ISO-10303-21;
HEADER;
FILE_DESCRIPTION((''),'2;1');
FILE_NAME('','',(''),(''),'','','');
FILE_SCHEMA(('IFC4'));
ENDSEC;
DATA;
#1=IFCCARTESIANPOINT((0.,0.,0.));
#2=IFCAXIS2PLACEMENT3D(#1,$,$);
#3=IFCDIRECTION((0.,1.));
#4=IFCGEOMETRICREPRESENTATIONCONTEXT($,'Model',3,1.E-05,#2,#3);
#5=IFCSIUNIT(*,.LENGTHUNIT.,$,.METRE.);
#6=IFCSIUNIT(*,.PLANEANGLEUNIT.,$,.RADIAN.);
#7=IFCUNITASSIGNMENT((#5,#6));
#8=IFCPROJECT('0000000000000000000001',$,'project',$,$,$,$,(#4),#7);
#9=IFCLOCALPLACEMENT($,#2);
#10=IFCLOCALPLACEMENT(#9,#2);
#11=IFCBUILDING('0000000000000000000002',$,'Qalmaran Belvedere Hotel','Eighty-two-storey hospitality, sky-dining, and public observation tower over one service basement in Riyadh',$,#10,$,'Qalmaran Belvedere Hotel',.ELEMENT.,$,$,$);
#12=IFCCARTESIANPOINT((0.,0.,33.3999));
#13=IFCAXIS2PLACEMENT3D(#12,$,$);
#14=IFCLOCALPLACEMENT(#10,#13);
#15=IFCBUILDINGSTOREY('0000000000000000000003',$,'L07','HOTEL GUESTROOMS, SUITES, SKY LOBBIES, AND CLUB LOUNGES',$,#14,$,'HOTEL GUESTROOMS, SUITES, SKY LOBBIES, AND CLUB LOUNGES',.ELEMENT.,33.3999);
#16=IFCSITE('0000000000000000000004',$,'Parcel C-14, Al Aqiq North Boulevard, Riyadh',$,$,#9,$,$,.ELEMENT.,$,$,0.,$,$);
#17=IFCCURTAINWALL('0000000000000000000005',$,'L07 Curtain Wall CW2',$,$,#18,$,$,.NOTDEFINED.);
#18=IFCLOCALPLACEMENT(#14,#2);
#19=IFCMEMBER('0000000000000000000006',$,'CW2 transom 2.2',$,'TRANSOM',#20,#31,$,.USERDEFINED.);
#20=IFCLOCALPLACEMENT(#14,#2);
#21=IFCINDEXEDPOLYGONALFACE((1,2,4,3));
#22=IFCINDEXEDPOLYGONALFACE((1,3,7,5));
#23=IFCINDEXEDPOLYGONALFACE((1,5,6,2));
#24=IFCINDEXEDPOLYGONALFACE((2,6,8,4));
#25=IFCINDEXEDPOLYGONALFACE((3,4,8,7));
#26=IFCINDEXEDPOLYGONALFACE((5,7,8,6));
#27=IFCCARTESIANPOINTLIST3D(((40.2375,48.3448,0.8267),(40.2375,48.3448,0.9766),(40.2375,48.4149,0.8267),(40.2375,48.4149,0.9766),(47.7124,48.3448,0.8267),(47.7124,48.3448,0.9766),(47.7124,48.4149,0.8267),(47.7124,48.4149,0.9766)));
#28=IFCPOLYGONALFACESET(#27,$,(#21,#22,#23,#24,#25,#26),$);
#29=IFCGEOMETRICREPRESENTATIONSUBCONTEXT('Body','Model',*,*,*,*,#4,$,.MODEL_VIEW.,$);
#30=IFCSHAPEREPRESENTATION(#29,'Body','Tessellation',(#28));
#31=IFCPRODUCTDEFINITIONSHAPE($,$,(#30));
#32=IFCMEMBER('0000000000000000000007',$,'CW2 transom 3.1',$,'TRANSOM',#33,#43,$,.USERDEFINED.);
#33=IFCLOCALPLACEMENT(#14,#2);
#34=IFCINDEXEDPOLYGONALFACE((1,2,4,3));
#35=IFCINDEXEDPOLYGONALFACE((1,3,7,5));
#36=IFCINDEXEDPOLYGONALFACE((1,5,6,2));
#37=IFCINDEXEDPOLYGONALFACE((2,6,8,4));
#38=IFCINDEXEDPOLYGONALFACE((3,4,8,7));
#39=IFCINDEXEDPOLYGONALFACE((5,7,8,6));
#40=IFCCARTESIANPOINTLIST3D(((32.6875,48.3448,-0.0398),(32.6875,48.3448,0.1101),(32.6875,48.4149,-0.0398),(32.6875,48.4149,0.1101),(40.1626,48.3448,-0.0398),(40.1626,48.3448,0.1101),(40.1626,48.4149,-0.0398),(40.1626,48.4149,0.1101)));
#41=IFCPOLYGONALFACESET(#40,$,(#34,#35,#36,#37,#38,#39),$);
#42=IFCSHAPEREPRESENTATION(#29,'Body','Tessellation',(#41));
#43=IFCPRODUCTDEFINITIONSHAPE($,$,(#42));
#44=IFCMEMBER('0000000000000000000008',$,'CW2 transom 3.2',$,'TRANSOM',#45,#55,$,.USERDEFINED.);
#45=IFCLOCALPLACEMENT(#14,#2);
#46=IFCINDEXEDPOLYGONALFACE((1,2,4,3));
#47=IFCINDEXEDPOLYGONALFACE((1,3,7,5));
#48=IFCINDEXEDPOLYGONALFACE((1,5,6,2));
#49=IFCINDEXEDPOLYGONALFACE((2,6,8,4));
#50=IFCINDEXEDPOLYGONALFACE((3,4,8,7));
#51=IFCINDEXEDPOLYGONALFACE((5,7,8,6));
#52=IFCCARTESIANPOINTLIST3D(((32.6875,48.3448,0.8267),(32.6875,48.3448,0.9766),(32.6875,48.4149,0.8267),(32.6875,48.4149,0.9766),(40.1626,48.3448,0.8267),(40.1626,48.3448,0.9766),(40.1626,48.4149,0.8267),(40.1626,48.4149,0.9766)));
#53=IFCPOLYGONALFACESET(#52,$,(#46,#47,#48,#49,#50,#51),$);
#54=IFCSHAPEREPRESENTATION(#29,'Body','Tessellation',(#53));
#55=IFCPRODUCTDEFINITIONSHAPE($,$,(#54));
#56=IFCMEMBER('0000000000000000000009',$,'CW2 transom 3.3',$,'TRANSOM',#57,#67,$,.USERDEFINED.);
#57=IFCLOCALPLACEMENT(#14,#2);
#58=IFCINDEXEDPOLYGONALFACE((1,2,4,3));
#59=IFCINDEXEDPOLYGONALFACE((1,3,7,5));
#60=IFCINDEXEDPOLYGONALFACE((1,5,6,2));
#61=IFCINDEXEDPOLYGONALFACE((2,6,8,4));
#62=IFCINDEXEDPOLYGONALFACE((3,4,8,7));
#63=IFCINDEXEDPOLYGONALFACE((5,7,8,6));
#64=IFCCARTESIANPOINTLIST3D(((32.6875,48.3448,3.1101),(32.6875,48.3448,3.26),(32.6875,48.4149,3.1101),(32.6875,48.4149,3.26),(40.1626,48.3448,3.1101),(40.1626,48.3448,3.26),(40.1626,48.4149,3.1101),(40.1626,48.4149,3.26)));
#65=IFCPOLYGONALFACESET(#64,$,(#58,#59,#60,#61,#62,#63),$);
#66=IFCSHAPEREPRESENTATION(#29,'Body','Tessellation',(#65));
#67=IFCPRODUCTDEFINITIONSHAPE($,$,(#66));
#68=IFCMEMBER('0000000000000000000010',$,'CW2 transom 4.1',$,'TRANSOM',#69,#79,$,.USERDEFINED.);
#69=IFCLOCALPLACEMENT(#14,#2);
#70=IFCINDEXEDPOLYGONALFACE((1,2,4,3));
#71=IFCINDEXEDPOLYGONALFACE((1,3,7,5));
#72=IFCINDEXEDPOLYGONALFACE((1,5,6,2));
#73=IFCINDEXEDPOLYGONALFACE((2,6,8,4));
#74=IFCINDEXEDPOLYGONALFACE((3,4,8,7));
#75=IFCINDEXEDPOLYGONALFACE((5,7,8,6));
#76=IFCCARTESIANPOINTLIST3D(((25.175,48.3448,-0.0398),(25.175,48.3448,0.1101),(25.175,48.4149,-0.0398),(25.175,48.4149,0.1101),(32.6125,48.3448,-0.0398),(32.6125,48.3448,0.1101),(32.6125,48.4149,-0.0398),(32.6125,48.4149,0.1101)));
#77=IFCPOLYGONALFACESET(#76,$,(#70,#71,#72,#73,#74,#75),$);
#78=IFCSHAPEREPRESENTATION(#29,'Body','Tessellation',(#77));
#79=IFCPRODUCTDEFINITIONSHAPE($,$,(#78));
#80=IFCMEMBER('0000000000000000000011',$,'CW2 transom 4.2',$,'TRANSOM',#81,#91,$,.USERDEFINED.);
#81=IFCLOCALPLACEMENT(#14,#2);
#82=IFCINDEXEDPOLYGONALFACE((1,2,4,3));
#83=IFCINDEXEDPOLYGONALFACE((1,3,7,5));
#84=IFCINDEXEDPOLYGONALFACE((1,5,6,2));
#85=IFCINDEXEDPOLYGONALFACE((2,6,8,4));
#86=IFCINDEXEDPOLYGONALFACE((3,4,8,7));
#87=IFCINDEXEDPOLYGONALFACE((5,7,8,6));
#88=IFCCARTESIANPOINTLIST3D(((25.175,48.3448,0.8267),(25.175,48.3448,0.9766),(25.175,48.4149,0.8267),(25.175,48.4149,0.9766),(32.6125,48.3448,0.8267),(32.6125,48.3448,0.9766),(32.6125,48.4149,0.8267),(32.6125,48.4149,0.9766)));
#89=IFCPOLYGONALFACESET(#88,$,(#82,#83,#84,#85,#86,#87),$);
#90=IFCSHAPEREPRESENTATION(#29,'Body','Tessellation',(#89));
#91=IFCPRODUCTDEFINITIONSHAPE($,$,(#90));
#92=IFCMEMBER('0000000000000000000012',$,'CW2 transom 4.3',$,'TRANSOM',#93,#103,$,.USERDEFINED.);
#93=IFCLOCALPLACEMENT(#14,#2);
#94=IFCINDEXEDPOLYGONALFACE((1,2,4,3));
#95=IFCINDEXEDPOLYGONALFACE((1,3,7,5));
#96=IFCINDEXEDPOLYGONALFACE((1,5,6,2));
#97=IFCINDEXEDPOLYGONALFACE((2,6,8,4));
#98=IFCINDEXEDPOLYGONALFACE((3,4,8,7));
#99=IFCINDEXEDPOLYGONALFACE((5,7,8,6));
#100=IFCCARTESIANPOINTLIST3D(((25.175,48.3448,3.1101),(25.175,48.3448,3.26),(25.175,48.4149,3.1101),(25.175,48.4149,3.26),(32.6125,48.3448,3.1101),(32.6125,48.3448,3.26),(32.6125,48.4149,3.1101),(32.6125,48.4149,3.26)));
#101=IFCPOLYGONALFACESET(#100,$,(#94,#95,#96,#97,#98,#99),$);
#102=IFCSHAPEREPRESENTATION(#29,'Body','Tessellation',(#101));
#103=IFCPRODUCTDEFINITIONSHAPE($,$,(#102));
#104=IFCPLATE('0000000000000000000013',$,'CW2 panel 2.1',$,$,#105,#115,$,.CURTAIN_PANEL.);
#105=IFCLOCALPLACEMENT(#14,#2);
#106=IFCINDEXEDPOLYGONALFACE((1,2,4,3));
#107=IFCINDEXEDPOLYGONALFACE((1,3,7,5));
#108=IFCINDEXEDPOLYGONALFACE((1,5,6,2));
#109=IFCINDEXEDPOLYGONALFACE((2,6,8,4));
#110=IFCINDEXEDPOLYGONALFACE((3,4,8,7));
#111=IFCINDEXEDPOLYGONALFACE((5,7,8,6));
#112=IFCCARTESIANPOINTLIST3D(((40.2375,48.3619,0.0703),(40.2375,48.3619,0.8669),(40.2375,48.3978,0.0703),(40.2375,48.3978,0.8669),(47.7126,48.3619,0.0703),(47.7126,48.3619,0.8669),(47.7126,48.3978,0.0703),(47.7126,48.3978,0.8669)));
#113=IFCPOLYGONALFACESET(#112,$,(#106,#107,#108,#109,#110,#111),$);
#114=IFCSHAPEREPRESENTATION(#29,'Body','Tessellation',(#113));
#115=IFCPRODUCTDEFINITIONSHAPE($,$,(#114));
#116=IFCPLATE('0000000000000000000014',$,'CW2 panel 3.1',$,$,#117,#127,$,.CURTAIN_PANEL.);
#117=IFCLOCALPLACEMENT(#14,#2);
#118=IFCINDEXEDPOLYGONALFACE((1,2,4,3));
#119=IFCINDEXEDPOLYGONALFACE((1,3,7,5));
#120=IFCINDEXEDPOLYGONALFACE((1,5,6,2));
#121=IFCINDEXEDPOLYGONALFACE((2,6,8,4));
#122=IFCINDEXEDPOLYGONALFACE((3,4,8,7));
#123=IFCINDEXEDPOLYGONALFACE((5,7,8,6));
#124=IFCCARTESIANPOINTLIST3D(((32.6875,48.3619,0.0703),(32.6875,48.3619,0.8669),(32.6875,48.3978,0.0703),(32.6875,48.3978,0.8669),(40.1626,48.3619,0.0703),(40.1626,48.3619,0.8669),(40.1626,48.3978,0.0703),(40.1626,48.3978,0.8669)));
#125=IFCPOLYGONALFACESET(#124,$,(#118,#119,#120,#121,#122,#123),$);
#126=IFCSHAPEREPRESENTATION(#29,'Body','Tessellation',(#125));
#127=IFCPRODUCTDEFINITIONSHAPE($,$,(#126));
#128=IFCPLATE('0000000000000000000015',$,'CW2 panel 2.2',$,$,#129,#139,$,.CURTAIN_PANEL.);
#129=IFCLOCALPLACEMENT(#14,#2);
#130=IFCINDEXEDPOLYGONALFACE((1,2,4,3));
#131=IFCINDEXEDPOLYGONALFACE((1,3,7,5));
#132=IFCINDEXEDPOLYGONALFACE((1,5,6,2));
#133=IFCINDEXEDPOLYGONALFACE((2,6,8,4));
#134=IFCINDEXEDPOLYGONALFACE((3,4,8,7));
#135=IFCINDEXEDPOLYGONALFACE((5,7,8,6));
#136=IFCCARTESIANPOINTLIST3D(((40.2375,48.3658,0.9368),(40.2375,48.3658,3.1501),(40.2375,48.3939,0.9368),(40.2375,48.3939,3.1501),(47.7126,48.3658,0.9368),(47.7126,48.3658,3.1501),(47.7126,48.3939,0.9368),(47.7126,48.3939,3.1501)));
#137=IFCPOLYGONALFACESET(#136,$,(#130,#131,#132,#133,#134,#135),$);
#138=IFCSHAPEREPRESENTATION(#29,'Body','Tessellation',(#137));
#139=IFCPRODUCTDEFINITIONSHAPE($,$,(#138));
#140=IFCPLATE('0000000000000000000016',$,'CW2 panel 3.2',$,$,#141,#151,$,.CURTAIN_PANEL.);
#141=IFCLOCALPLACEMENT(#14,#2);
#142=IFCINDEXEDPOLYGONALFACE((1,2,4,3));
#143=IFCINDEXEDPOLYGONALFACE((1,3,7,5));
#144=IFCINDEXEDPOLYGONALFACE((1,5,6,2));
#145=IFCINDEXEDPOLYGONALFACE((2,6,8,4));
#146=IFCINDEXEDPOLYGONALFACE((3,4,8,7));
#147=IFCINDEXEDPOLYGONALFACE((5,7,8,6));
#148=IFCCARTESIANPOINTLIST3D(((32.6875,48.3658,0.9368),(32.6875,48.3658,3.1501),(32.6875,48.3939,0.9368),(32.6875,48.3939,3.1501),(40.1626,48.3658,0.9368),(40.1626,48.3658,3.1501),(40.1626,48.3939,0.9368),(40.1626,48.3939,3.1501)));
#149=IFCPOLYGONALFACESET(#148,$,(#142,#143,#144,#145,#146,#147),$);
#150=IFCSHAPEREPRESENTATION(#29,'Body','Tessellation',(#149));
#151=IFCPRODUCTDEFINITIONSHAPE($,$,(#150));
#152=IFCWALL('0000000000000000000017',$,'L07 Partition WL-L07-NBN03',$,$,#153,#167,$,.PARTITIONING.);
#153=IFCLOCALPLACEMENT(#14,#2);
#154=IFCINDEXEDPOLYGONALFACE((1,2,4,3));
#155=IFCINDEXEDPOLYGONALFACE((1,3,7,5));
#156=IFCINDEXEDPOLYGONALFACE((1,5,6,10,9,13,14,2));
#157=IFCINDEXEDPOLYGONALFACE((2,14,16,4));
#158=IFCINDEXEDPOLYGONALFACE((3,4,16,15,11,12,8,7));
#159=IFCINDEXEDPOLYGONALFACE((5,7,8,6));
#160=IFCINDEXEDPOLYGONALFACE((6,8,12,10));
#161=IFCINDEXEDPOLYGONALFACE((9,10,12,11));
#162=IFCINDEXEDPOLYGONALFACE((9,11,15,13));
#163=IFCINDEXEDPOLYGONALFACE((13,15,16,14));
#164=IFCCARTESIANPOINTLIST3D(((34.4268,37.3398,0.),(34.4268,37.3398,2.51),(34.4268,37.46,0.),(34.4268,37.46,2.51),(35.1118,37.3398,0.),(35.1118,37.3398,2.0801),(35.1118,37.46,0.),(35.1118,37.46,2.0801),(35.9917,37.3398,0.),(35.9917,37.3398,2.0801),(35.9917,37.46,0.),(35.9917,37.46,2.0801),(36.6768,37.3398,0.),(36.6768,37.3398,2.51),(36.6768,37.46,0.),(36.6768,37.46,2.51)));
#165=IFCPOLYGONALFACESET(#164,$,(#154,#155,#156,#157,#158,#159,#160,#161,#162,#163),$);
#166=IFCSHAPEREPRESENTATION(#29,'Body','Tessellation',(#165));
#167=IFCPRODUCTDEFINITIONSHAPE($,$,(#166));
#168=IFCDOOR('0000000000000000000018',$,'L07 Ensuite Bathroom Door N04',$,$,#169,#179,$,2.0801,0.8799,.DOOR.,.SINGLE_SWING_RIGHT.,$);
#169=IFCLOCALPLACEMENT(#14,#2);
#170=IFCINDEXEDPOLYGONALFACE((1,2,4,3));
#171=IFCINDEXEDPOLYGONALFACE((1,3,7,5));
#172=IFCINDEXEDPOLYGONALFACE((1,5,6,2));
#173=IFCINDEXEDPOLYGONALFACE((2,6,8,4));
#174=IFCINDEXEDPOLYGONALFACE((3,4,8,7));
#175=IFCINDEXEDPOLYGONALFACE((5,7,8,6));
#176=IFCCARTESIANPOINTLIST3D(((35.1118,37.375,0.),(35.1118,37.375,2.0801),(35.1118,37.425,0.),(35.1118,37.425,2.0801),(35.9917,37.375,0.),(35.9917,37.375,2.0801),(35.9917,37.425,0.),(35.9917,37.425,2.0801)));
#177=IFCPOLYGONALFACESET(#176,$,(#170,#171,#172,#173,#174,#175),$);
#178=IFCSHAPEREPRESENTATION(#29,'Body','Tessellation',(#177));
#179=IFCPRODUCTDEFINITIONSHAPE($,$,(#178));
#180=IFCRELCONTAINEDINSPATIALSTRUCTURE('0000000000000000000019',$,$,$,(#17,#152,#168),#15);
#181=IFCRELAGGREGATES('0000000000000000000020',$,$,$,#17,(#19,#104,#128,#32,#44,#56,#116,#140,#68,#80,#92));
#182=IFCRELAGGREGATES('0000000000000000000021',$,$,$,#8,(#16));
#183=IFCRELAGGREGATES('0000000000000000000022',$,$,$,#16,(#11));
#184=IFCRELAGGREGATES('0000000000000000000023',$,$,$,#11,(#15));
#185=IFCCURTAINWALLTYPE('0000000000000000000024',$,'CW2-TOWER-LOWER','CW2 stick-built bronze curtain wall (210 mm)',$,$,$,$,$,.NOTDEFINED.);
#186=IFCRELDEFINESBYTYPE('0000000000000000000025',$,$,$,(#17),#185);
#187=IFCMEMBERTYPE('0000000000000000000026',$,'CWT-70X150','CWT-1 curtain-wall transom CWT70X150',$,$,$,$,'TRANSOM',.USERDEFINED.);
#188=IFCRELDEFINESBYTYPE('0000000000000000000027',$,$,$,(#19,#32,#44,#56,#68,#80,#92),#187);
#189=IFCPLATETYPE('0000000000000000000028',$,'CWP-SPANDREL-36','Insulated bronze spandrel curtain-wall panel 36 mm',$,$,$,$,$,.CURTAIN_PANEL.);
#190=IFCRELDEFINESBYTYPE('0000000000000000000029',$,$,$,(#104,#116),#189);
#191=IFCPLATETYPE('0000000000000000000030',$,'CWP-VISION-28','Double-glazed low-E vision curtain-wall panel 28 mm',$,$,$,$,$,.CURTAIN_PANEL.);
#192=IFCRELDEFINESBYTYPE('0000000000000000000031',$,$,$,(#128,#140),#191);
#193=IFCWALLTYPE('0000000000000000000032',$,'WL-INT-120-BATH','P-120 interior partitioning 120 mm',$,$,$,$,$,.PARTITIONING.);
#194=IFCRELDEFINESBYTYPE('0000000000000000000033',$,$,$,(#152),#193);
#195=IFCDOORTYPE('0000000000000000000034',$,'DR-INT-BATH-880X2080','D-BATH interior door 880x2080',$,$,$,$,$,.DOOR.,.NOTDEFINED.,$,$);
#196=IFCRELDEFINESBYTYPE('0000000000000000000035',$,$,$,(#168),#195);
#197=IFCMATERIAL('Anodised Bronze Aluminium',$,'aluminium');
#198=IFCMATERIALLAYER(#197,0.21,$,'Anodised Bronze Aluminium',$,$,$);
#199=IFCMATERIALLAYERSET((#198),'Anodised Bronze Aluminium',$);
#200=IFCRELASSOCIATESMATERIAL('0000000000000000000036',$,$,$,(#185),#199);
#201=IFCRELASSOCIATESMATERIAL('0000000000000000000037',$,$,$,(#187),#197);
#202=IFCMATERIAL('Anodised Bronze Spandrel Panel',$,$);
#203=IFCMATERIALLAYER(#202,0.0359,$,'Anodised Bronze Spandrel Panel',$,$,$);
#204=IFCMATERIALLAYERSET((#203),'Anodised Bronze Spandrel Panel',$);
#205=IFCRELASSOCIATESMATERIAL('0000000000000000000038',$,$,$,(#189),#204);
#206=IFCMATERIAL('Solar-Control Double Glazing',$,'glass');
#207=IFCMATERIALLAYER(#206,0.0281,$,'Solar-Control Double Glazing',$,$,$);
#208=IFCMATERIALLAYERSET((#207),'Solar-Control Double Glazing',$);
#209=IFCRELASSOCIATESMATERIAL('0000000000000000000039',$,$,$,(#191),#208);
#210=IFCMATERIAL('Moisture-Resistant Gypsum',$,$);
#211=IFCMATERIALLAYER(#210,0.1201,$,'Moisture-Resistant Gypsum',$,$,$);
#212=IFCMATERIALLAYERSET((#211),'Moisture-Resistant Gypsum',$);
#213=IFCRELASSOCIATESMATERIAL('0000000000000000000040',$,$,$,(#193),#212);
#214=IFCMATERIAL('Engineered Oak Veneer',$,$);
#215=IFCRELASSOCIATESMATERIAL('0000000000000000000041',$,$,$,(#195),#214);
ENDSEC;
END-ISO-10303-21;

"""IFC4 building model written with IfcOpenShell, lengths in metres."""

from ifc_helpers import new_model, si_unit, direction, frame, frame_2d, origin, origin_2d, place, context, subcontext, project, spatial, rectangle, extrude, material, layer, layer_set, material_profile, profile_set, type_object, element, fill, aggregate, save


model = new_model("IFC4")

# Units and contexts
model_context = context("Model", 3, precision=1e-05, world=origin(), true_north=direction((0.0, 1.0)))
body_context = subcontext(model_context, "Body", "Model", "MODEL_VIEW")
ifc_project = project(units=[si_unit("LENGTHUNIT", "METRE"), si_unit("PLANEANGLEUNIT", "RADIAN")], contexts=[model_context])

# Site, building, storey
site_placement = place(None, origin())
site = spatial("IfcSite", under=ifc_project, at=site_placement, Name="Parcel C-14, Al Aqiq North Boulevard, Riyadh", CompositionType="ELEMENT", RefElevation=0.0)
building_placement = place(site_placement, origin())
building = spatial("IfcBuilding", under=site, at=building_placement, Name="Qalmaran Belvedere Hotel", Description="Eighty-two-storey hospitality, sky-dining, and public observation tower over one service basement in Riyadh", LongName="Qalmaran Belvedere Hotel", CompositionType="ELEMENT")
storey_placement = place(building_placement, frame((0.0, 0.0, 33.3999)))
storey = spatial("IfcBuildingStorey", under=building, at=storey_placement, Name="L07", Description="HOTEL GUESTROOMS, SUITES, SKY LOBBIES, AND CLUB LOUNGES", LongName="HOTEL GUESTROOMS, SUITES, SKY LOBBIES, AND CLUB LOUNGES", CompositionType="ELEMENT", Elevation=33.3999)

# Curtain wall, members, plates
ifc_material_1 = material(Name="Anodised Bronze Aluminium", Category="aluminium")
ifc_layer_1 = layer(ifc_material_1, 0.21, Name="Anodised Bronze Aluminium")
ifc_layer_set_1 = layer_set([ifc_layer_1], Name="Anodised Bronze Aluminium")
curtain_wall_type = type_object("IfcCurtainWallType", Name="CW2-TOWER-LOWER", Description="CW2 stick-built bronze curtain wall (210 mm)", PredefinedType="NOTDEFINED", material=ifc_layer_set_1)
curtain_wall_placement = place(storey_placement, origin())
curtain_wall = element("IfcCurtainWall", 1, at=curtain_wall_placement, inside=storey, type_object=curtain_wall_type, Name="L07 Curtain Wall CW2", PredefinedType="NOTDEFINED")
ifc_material_profile_1 = material_profile(ifc_material_1, rectangle(XDim=0.0701, YDim=0.1499, at=origin_2d()), Name="CWT70X150")
ifc_profile_set_1 = profile_set([ifc_material_profile_1], Name="Anodised Bronze Aluminium")
member_type_1 = type_object("IfcMemberType", Name="CWT-70X150", Description="CWT-1 curtain-wall transom CWT70X150", ElementType="TRANSOM", PredefinedType="USERDEFINED", material=ifc_profile_set_1)
member_1_placement = place(storey_placement, frame((47.7124, 48.3799, 0.9016), z_axis=(-1.0, 0.0, 0.0), x_axis=(0.0, -1.0, 0.0)))
member_1 = element("IfcMember", 2, at=member_1_placement, type_object=member_type_1, Name="CW2 transom 2.2", ObjectType="TRANSOM", PredefinedType="USERDEFINED", context=body_context, shape_type="SweptSolid", body=[
    extrude(rectangle(XDim=0.0701, YDim=0.1499, at=origin_2d()), origin(), (0.0, 0.0, 1.0), 7.4749),
])
member_2_placement = place(storey_placement, frame((40.1626, 48.3799, 0.0352), z_axis=(-1.0, 0.0, 0.0), x_axis=(0.0, -1.0, 0.0)))
member_2 = element("IfcMember", 3, at=member_2_placement, type_object=member_type_1, Name="CW2 transom 3.1", ObjectType="TRANSOM", PredefinedType="USERDEFINED", context=body_context, shape_type="SweptSolid", body=[
    extrude(rectangle(XDim=0.0701, YDim=0.1499, at=origin_2d()), origin(), (0.0, 0.0, 1.0), 7.4751),
])
member_3_placement = place(storey_placement, frame((40.1626, 48.3799, 0.9016), z_axis=(-1.0, 0.0, 0.0), x_axis=(0.0, -1.0, 0.0)))
member_3 = element("IfcMember", 4, at=member_3_placement, type_object=member_type_1, Name="CW2 transom 3.2", ObjectType="TRANSOM", PredefinedType="USERDEFINED", context=body_context, shape_type="SweptSolid", body=[
    extrude(rectangle(XDim=0.0701, YDim=0.1499, at=origin_2d()), origin(), (0.0, 0.0, 1.0), 7.4751),
])
member_4_placement = place(storey_placement, frame((40.1626, 48.3799, 3.1851), z_axis=(-1.0, 0.0, 0.0), x_axis=(0.0, -1.0, 0.0)))
member_4 = element("IfcMember", 5, at=member_4_placement, type_object=member_type_1, Name="CW2 transom 3.3", ObjectType="TRANSOM", PredefinedType="USERDEFINED", context=body_context, shape_type="SweptSolid", body=[
    extrude(rectangle(XDim=0.0701, YDim=0.1499, at=origin_2d()), origin(), (0.0, 0.0, 1.0), 7.4751),
])
member_5_placement = place(storey_placement, frame((32.6125, 48.3799, 0.0352), z_axis=(-1.0, 0.0, 0.0), x_axis=(0.0, -1.0, 0.0)))
member_5 = element("IfcMember", 6, at=member_5_placement, type_object=member_type_1, Name="CW2 transom 4.1", ObjectType="TRANSOM", PredefinedType="USERDEFINED", context=body_context, shape_type="SweptSolid", body=[
    extrude(rectangle(XDim=0.0701, YDim=0.1499, at=origin_2d()), origin(), (0.0, 0.0, 1.0), 7.4375),
])
member_6_placement = place(storey_placement, frame((32.6125, 48.3799, 0.9016), z_axis=(-1.0, 0.0, 0.0), x_axis=(0.0, -1.0, 0.0)))
member_6 = element("IfcMember", 7, at=member_6_placement, type_object=member_type_1, Name="CW2 transom 4.2", ObjectType="TRANSOM", PredefinedType="USERDEFINED", context=body_context, shape_type="SweptSolid", body=[
    extrude(rectangle(XDim=0.0701, YDim=0.1499, at=origin_2d()), origin(), (0.0, 0.0, 1.0), 7.4375),
])
member_7_placement = place(storey_placement, frame((32.6125, 48.3799, 3.1851), z_axis=(-1.0, 0.0, 0.0), x_axis=(0.0, -1.0, 0.0)))
member_7 = element("IfcMember", 8, at=member_7_placement, type_object=member_type_1, Name="CW2 transom 4.3", ObjectType="TRANSOM", PredefinedType="USERDEFINED", context=body_context, shape_type="SweptSolid", body=[
    extrude(rectangle(XDim=0.0701, YDim=0.1499, at=origin_2d()), origin(), (0.0, 0.0, 1.0), 7.4375),
])
ifc_material_2 = material(Name="Anodised Bronze Spandrel Panel")
ifc_layer_2 = layer(ifc_material_2, 0.0359, Name="Anodised Bronze Spandrel Panel")
ifc_layer_set_2 = layer_set([ifc_layer_2], Name="Anodised Bronze Spandrel Panel")
plate_type_1 = type_object("IfcPlateType", Name="CWP-SPANDREL-36", Description="Insulated bronze spandrel curtain-wall panel 36 mm", PredefinedType="CURTAIN_PANEL", material=ifc_layer_set_2)
plate_1_placement = place(storey_placement, frame((43.9751, 48.3799, 0.0703), z_axis=(0.0, 0.0, 1.0), x_axis=(-1.0, 0.0, 0.0)))
plate_1 = element("IfcPlate", 9, at=plate_1_placement, type_object=plate_type_1, Name="CW2 panel 2.1", PredefinedType="CURTAIN_PANEL", context=body_context, shape_type="SweptSolid", body=[
    extrude(rectangle(XDim=7.4751, YDim=0.0359, at=origin_2d()), origin(), (0.0, 0.0, 1.0), 0.7966),
])
plate_2_placement = place(storey_placement, frame((36.425, 48.3799, 0.0703), z_axis=(0.0, 0.0, 1.0), x_axis=(-1.0, 0.0, 0.0)))
plate_2 = element("IfcPlate", 10, at=plate_2_placement, type_object=plate_type_1, Name="CW2 panel 3.1", PredefinedType="CURTAIN_PANEL", context=body_context, shape_type="SweptSolid", body=[
    extrude(rectangle(XDim=7.4751, YDim=0.0359, at=origin_2d()), origin(), (0.0, 0.0, 1.0), 0.7966),
])
ifc_material_3 = material(Name="Solar-Control Double Glazing", Category="glass")
ifc_layer_3 = layer(ifc_material_3, 0.0281, Name="Solar-Control Double Glazing")
ifc_layer_set_3 = layer_set([ifc_layer_3], Name="Solar-Control Double Glazing")
plate_type_2 = type_object("IfcPlateType", Name="CWP-VISION-28", Description="Double-glazed low-E vision curtain-wall panel 28 mm", PredefinedType="CURTAIN_PANEL", material=ifc_layer_set_3)
plate_3_placement = place(storey_placement, frame((43.9751, 48.3799, 0.9368), z_axis=(0.0, 0.0, 1.0), x_axis=(-1.0, 0.0, 0.0)))
plate_3 = element("IfcPlate", 11, at=plate_3_placement, type_object=plate_type_2, Name="CW2 panel 2.2", PredefinedType="CURTAIN_PANEL", context=body_context, shape_type="SweptSolid", body=[
    extrude(rectangle(XDim=7.4751, YDim=0.0281, at=origin_2d()), origin(), (0.0, 0.0, 1.0), 2.2134),
])
plate_4_placement = place(storey_placement, frame((36.425, 48.3799, 0.9368), z_axis=(0.0, 0.0, 1.0), x_axis=(-1.0, 0.0, 0.0)))
plate_4 = element("IfcPlate", 12, at=plate_4_placement, type_object=plate_type_2, Name="CW2 panel 3.2", PredefinedType="CURTAIN_PANEL", context=body_context, shape_type="SweptSolid", body=[
    extrude(rectangle(XDim=7.4751, YDim=0.0281, at=origin_2d()), origin(), (0.0, 0.0, 1.0), 2.2134),
])
aggregate(curtain_wall, [member_1, plate_1, plate_3, member_2, member_3, member_4, plate_2, plate_4, member_5, member_6, member_7])

# Wall, opening, door
ifc_material_4 = material(Name="Moisture-Resistant Gypsum")
ifc_layer_4 = layer(ifc_material_4, 0.1201, Name="Moisture-Resistant Gypsum")
ifc_layer_set_4 = layer_set([ifc_layer_4], Name="Moisture-Resistant Gypsum")
wall_type_1 = type_object("IfcWallType", Name="WL-INT-120-BATH", Description="P-120 interior partitioning 120 mm", PredefinedType="PARTITIONING", material=ifc_layer_set_4)
wall_1_placement = place(storey_placement, frame((34.4268, 37.3999, 0.0), z_axis=(0.0, 0.0, 1.0), x_axis=(1.0, 0.0, 0.0)))
wall_1 = element("IfcWall", 13, at=wall_1_placement, inside=storey, type_object=wall_type_1, Name="L07 Partition WL-L07-NBN03", PredefinedType="PARTITIONING", context=body_context, shape_type="SweptSolid", body=[
    extrude(rectangle(XDim=2.25, YDim=0.1201, at=frame_2d((1.125, 0.0))), origin(), (0.0, 0.0, 1.0), 2.51),
])
opening_1_placement = place(wall_1_placement, frame((1.5649, 0.0, 0.0), z_axis=(0.0, 0.0, 1.0), x_axis=(-1.0, 0.0, 0.0)))
opening_1 = element("IfcOpeningElement", 14, at=opening_1_placement, cuts=wall_1, PredefinedType="OPENING", context=body_context, shape_type="SweptSolid", body=[
    extrude(rectangle(XDim=0.8799, YDim=2.0801, at=frame_2d((0.4399, 1.04))), frame((0.0, 0.0701, 0.0), z_axis=(0.0, -1.0, 0.0), x_axis=(1.0, 0.0, 0.0)), (0.0, 0.0, 1.0), 0.1401),
])
ifc_material_5 = material(Name="Engineered Oak Veneer")
door_type_1 = type_object("IfcDoorType", Name="DR-INT-BATH-880X2080", Description="D-BATH interior door 880x2080", OperationType="NOTDEFINED", PredefinedType="DOOR", material=ifc_material_5)
door_1_placement = place(opening_1_placement, origin())
door_1 = element("IfcDoor", 15, at=door_1_placement, inside=storey, type_object=door_type_1, Name="L07 Ensuite Bathroom Door N04", OperationType="SINGLE_SWING_RIGHT", OverallHeight=2.0801, OverallWidth=0.8799, PredefinedType="DOOR", context=body_context, shape_type="SweptSolid", body=[
    extrude(rectangle(XDim=0.8799, YDim=2.0801, at=frame_2d((0.4399, 1.04))), frame((0.0, 0.0249, 0.0), z_axis=(0.0, -1.0, 0.0), x_axis=(1.0, 0.0, 0.0)), (0.0, 0.0, 1.0), 0.05),
])
fill(opening_1, door_1)

save(model, "model.ifc")
